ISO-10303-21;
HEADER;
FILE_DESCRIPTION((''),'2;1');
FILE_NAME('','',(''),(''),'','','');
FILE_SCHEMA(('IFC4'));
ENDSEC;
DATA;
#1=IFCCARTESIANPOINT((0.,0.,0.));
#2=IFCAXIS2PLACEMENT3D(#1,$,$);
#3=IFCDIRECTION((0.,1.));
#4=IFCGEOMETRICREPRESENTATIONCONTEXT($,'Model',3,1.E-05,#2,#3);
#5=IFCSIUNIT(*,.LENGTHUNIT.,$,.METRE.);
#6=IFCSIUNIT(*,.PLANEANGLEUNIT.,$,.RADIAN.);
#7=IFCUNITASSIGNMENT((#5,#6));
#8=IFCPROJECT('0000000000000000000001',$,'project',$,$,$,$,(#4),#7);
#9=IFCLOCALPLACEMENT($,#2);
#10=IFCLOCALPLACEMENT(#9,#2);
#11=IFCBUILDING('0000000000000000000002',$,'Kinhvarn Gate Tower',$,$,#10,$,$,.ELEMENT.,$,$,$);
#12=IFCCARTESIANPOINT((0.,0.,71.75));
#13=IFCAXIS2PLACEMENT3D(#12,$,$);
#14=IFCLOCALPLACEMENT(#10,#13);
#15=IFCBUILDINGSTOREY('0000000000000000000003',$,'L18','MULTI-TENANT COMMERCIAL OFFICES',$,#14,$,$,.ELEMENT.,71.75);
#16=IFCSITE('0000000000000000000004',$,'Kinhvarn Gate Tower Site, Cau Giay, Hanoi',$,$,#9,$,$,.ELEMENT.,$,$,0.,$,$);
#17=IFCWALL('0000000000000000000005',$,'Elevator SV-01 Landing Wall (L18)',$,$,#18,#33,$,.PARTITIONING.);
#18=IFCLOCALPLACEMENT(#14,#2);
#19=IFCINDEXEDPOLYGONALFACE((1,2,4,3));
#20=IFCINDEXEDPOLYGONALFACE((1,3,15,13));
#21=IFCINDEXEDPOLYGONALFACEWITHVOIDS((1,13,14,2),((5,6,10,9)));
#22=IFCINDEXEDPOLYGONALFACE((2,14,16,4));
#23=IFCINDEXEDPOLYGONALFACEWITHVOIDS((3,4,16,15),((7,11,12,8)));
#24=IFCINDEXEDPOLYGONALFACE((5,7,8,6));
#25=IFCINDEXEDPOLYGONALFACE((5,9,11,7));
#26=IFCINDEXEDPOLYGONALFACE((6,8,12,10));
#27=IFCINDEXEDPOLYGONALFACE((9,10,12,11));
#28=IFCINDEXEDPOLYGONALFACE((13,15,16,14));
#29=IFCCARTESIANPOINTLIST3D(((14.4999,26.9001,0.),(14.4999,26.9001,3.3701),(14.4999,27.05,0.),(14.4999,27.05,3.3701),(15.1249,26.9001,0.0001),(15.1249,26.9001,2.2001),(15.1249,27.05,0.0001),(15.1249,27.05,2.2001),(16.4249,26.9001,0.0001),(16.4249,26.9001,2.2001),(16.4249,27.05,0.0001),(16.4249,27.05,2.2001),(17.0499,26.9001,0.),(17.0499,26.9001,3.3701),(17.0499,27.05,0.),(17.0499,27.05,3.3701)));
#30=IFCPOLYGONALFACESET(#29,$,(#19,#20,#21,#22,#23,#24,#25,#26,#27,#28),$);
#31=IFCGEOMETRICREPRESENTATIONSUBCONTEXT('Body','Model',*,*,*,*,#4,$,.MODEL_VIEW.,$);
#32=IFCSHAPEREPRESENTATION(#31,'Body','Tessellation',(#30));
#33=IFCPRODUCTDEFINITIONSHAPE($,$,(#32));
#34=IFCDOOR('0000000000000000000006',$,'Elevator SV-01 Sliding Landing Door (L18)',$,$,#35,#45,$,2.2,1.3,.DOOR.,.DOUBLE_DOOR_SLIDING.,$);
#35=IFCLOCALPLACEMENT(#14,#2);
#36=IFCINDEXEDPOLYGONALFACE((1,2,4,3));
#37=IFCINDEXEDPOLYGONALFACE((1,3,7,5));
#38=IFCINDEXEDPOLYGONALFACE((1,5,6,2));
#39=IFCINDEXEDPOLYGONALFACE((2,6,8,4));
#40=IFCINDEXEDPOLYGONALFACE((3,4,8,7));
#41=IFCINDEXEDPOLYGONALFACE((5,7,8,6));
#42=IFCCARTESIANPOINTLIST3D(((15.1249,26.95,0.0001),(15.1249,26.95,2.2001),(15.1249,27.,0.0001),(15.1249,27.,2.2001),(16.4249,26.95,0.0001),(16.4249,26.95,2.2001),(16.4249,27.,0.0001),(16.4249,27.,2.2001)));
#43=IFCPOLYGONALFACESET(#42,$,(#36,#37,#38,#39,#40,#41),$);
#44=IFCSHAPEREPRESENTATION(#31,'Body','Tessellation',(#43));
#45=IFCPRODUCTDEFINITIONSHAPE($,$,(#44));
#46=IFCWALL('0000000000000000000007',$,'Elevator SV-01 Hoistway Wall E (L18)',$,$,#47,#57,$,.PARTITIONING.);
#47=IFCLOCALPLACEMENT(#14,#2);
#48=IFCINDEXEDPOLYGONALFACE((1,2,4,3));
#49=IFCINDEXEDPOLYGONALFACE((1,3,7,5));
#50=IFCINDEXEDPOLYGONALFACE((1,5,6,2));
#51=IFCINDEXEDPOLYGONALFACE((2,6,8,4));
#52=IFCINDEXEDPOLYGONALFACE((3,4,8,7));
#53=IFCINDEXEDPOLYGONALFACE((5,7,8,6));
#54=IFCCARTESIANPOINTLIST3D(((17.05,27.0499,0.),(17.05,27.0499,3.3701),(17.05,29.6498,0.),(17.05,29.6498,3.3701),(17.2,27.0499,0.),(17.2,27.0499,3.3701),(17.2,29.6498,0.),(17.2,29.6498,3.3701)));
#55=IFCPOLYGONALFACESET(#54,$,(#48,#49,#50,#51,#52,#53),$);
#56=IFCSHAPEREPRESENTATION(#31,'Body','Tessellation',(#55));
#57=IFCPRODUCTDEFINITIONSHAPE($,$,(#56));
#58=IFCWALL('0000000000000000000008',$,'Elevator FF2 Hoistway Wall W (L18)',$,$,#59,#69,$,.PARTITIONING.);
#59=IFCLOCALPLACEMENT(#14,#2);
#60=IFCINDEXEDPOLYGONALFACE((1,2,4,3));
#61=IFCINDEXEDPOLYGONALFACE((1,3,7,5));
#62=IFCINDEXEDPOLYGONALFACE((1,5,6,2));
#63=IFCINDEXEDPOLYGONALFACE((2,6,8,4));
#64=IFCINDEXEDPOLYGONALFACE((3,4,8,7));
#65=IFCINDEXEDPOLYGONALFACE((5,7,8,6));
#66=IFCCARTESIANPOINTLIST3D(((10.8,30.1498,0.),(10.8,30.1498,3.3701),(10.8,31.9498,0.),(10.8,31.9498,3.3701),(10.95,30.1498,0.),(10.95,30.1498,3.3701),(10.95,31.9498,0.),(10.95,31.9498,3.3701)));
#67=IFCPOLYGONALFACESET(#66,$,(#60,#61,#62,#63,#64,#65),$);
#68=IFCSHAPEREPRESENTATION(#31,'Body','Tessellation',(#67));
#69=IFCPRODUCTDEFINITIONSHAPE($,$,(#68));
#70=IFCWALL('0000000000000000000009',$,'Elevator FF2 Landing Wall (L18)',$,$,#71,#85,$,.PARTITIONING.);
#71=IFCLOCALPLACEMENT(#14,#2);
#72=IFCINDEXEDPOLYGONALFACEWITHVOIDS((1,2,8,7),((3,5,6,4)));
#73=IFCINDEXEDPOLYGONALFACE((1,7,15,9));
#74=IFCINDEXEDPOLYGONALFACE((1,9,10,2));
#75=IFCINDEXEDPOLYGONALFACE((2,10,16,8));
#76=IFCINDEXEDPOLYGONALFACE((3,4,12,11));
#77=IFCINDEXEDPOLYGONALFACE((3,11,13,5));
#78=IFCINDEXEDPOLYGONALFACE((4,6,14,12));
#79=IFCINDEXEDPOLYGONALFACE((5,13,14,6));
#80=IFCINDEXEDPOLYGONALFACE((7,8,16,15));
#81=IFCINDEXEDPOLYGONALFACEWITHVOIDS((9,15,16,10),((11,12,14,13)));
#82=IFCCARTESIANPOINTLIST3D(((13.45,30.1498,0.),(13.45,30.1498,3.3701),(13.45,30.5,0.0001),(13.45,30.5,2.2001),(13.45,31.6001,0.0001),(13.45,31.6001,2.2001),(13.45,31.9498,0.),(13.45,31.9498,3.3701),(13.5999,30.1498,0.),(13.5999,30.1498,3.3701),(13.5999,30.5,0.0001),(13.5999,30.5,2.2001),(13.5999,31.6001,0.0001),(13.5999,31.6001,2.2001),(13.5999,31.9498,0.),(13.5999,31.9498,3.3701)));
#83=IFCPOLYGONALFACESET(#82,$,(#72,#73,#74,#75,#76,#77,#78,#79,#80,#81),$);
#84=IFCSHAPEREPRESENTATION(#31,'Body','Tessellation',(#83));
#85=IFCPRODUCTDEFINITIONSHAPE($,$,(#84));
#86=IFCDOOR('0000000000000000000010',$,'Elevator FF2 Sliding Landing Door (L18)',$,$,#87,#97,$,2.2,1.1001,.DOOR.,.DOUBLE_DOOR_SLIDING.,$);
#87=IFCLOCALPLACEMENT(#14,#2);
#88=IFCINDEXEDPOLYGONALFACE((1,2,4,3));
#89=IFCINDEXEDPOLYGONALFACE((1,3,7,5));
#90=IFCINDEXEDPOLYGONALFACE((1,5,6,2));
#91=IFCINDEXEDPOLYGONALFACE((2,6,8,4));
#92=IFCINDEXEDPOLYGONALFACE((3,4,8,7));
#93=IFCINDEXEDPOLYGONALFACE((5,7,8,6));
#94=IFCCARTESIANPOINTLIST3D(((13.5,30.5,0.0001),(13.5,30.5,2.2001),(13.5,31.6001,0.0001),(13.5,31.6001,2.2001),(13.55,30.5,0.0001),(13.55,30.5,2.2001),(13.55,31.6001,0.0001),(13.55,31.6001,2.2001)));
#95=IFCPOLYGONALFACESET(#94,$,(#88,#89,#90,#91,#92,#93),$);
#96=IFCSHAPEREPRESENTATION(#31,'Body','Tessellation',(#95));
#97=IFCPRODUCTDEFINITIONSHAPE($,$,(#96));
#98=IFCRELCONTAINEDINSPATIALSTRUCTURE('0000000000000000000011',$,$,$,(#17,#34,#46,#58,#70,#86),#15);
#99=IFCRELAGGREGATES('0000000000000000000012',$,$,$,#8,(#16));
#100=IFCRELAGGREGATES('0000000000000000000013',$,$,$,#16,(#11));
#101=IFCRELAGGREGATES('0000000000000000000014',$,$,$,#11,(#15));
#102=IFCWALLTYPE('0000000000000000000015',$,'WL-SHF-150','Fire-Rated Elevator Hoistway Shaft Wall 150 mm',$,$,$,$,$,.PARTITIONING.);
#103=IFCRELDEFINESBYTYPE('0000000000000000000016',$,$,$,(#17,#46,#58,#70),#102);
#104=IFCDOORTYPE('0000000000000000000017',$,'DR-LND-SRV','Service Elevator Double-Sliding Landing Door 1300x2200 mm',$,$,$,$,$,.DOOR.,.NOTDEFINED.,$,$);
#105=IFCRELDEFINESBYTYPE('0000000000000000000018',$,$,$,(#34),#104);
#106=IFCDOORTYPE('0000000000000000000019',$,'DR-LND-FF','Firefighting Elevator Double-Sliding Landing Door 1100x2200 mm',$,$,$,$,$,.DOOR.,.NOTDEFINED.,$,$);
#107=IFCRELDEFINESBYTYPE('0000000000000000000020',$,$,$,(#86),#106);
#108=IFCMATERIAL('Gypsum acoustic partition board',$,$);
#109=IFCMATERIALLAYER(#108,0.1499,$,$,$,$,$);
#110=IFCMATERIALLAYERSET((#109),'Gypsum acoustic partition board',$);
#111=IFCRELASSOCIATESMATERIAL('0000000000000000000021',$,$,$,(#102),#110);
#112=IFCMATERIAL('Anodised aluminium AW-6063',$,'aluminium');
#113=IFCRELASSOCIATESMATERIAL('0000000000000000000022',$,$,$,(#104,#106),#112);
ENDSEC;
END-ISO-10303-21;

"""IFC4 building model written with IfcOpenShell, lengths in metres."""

from ifc_helpers import new_model, si_unit, direction, frame, frame_2d, origin, place, context, subcontext, project, spatial, rectangle, extrude, material, layer, layer_set, type_object, element, fill, save


model = new_model("IFC4")

# Units and contexts
model_context = context("Model", 3, precision=1e-05, world=origin(), true_north=direction((0.0, 1.0)))
body_context = subcontext(model_context, "Body", "Model", "MODEL_VIEW")
ifc_project = project(units=[si_unit("LENGTHUNIT", "METRE"), si_unit("PLANEANGLEUNIT", "RADIAN")], contexts=[model_context])

# Site, building, storey
site_placement = place(None, origin())
site = spatial("IfcSite", under=ifc_project, at=site_placement, Name="Kinhvarn Gate Tower Site, Cau Giay, Hanoi", CompositionType="ELEMENT", RefElevation=0.0)
building_placement = place(site_placement, origin())
building = spatial("IfcBuilding", under=site, at=building_placement, Name="Kinhvarn Gate Tower", CompositionType="ELEMENT")
storey_placement = place(building_placement, frame((0.0, 0.0, 71.75)))
storey = spatial("IfcBuildingStorey", under=building, at=storey_placement, Name="L18", Description="MULTI-TENANT COMMERCIAL OFFICES", CompositionType="ELEMENT", Elevation=71.75)

# Shared definitions
ifc_material_1 = material(Name="Anodised aluminium AW-6063", Category="aluminium")

# Shared definitions
ifc_material_2 = material(Name="Gypsum acoustic partition board")

# Shared definitions
ifc_layer_1 = layer(ifc_material_2, 0.1499)
ifc_layer_set_1 = layer_set([ifc_layer_1], Name="Gypsum acoustic partition board")
wall_type_1 = type_object("IfcWallType", Name="WL-SHF-150", Description="Fire-Rated Elevator Hoistway Shaft Wall 150 mm", PredefinedType="PARTITIONING", material=ifc_layer_set_1)

# Wall, opening, door
wall_1_placement = place(storey_placement, frame((14.5, 26.9751, 0.0), z_axis=(0.0, 0.0, 1.0), x_axis=(1.0, 0.0, 0.0)))
wall_1 = element("IfcWall", 1, at=wall_1_placement, inside=storey, type_object=wall_type_1, Name="Elevator SV-01 Landing Wall (L18)", PredefinedType="PARTITIONING", context=body_context, shape_type="SweptSolid", body=[
    extrude(rectangle(XDim=2.55, YDim=0.1499, at=frame_2d((1.2749, 0.0))), origin(), (0.0, 0.0, 1.0), 3.3701),
])
opening_1_placement = place(wall_1_placement, frame((0.625, 0.0, 0.0)))
opening_1 = element("IfcOpeningElement", 2, at=opening_1_placement, cuts=wall_1, PredefinedType="OPENING", context=body_context, shape_type="SweptSolid", body=[
    extrude(rectangle(XDim=1.3, YDim=2.2, at=frame_2d((0.6499, 1.1001))), frame((0.0, 0.085, 0.0), z_axis=(0.0, -1.0, 0.0), x_axis=(1.0, 0.0, 0.0)), (0.0, 0.0, 1.0), 0.1699),
])
door_type_1 = type_object("IfcDoorType", Name="DR-LND-SRV", Description="Service Elevator Double-Sliding Landing Door 1300x2200 mm", OperationType="NOTDEFINED", PredefinedType="DOOR", material=ifc_material_1)
door_1_placement = place(opening_1_placement, origin())
door_1 = element("IfcDoor", 3, at=door_1_placement, inside=storey, type_object=door_type_1, Name="Elevator SV-01 Sliding Landing Door (L18)", OperationType="DOUBLE_DOOR_SLIDING", OverallHeight=2.2, OverallWidth=1.3, PredefinedType="DOOR", context=body_context, shape_type="SweptSolid", body=[
    extrude(rectangle(XDim=1.3, YDim=2.2, at=frame_2d((0.6499, 1.1001))), frame((0.0, 0.0249, 0.0), z_axis=(0.0, -1.0, 0.0), x_axis=(1.0, 0.0, 0.0)), (0.0, 0.0, 1.0), 0.05),
])
fill(opening_1, door_1)

# Walls
wall_2_placement = place(storey_placement, frame((17.125, 27.05, 0.0), z_axis=(0.0, 0.0, 1.0), x_axis=(0.0, 1.0, 0.0)))
element("IfcWall", 4, at=wall_2_placement, inside=storey, type_object=wall_type_1, Name="Elevator SV-01 Hoistway Wall E (L18)", PredefinedType="PARTITIONING", context=body_context, shape_type="SweptSolid", body=[
    extrude(rectangle(XDim=2.5999, YDim=0.1499, at=frame_2d((1.2998, 0.0))), origin(), (0.0, 0.0, 1.0), 3.3701),
])
wall_3_placement = place(storey_placement, frame((10.875, 30.1499, 0.0), z_axis=(0.0, 0.0, 1.0), x_axis=(0.0, 1.0, 0.0)))
element("IfcWall", 5, at=wall_3_placement, inside=storey, type_object=wall_type_1, Name="Elevator FF2 Hoistway Wall W (L18)", PredefinedType="PARTITIONING", context=body_context, shape_type="SweptSolid", body=[
    extrude(rectangle(XDim=1.8, YDim=0.1499, at=frame_2d((0.8999, 0.0))), origin(), (0.0, 0.0, 1.0), 3.3701),
])

# Wall, opening, door
wall_4_placement = place(storey_placement, frame((13.5249, 30.1499, 0.0), z_axis=(0.0, 0.0, 1.0), x_axis=(0.0, 1.0, 0.0)))
wall_4 = element("IfcWall", 6, at=wall_4_placement, inside=storey, type_object=wall_type_1, Name="Elevator FF2 Landing Wall (L18)", PredefinedType="PARTITIONING", context=body_context, shape_type="SweptSolid", body=[
    extrude(rectangle(XDim=1.8, YDim=0.1499, at=frame_2d((0.8999, 0.0))), origin(), (0.0, 0.0, 1.0), 3.3701),
])
opening_2_placement = place(wall_4_placement, frame((0.3501, 0.0, 0.0)))
opening_2 = element("IfcOpeningElement", 7, at=opening_2_placement, cuts=wall_4, PredefinedType="OPENING", context=body_context, shape_type="SweptSolid", body=[
    extrude(rectangle(XDim=1.1001, YDim=2.2, at=frame_2d((0.55, 1.1001))), frame((0.0, 0.085, 0.0), z_axis=(0.0, -1.0, 0.0), x_axis=(1.0, 0.0, 0.0)), (0.0, 0.0, 1.0), 0.1699),
])
door_type_2 = type_object("IfcDoorType", Name="DR-LND-FF", Description="Firefighting Elevator Double-Sliding Landing Door 1100x2200 mm", OperationType="NOTDEFINED", PredefinedType="DOOR", material=ifc_material_1)
door_2_placement = place(opening_2_placement, origin())
door_2 = element("IfcDoor", 8, at=door_2_placement, inside=storey, type_object=door_type_2, Name="Elevator FF2 Sliding Landing Door (L18)", OperationType="DOUBLE_DOOR_SLIDING", OverallHeight=2.2, OverallWidth=1.1001, PredefinedType="DOOR", context=body_context, shape_type="SweptSolid", body=[
    extrude(rectangle(XDim=1.1001, YDim=2.2, at=frame_2d((0.55, 1.1001))), frame((0.0, 0.0249, 0.0), z_axis=(0.0, -1.0, 0.0), x_axis=(1.0, 0.0, 0.0)), (0.0, 0.0, 1.0), 0.05),
])
fill(opening_2, door_2)

save(model, "model.ifc")
